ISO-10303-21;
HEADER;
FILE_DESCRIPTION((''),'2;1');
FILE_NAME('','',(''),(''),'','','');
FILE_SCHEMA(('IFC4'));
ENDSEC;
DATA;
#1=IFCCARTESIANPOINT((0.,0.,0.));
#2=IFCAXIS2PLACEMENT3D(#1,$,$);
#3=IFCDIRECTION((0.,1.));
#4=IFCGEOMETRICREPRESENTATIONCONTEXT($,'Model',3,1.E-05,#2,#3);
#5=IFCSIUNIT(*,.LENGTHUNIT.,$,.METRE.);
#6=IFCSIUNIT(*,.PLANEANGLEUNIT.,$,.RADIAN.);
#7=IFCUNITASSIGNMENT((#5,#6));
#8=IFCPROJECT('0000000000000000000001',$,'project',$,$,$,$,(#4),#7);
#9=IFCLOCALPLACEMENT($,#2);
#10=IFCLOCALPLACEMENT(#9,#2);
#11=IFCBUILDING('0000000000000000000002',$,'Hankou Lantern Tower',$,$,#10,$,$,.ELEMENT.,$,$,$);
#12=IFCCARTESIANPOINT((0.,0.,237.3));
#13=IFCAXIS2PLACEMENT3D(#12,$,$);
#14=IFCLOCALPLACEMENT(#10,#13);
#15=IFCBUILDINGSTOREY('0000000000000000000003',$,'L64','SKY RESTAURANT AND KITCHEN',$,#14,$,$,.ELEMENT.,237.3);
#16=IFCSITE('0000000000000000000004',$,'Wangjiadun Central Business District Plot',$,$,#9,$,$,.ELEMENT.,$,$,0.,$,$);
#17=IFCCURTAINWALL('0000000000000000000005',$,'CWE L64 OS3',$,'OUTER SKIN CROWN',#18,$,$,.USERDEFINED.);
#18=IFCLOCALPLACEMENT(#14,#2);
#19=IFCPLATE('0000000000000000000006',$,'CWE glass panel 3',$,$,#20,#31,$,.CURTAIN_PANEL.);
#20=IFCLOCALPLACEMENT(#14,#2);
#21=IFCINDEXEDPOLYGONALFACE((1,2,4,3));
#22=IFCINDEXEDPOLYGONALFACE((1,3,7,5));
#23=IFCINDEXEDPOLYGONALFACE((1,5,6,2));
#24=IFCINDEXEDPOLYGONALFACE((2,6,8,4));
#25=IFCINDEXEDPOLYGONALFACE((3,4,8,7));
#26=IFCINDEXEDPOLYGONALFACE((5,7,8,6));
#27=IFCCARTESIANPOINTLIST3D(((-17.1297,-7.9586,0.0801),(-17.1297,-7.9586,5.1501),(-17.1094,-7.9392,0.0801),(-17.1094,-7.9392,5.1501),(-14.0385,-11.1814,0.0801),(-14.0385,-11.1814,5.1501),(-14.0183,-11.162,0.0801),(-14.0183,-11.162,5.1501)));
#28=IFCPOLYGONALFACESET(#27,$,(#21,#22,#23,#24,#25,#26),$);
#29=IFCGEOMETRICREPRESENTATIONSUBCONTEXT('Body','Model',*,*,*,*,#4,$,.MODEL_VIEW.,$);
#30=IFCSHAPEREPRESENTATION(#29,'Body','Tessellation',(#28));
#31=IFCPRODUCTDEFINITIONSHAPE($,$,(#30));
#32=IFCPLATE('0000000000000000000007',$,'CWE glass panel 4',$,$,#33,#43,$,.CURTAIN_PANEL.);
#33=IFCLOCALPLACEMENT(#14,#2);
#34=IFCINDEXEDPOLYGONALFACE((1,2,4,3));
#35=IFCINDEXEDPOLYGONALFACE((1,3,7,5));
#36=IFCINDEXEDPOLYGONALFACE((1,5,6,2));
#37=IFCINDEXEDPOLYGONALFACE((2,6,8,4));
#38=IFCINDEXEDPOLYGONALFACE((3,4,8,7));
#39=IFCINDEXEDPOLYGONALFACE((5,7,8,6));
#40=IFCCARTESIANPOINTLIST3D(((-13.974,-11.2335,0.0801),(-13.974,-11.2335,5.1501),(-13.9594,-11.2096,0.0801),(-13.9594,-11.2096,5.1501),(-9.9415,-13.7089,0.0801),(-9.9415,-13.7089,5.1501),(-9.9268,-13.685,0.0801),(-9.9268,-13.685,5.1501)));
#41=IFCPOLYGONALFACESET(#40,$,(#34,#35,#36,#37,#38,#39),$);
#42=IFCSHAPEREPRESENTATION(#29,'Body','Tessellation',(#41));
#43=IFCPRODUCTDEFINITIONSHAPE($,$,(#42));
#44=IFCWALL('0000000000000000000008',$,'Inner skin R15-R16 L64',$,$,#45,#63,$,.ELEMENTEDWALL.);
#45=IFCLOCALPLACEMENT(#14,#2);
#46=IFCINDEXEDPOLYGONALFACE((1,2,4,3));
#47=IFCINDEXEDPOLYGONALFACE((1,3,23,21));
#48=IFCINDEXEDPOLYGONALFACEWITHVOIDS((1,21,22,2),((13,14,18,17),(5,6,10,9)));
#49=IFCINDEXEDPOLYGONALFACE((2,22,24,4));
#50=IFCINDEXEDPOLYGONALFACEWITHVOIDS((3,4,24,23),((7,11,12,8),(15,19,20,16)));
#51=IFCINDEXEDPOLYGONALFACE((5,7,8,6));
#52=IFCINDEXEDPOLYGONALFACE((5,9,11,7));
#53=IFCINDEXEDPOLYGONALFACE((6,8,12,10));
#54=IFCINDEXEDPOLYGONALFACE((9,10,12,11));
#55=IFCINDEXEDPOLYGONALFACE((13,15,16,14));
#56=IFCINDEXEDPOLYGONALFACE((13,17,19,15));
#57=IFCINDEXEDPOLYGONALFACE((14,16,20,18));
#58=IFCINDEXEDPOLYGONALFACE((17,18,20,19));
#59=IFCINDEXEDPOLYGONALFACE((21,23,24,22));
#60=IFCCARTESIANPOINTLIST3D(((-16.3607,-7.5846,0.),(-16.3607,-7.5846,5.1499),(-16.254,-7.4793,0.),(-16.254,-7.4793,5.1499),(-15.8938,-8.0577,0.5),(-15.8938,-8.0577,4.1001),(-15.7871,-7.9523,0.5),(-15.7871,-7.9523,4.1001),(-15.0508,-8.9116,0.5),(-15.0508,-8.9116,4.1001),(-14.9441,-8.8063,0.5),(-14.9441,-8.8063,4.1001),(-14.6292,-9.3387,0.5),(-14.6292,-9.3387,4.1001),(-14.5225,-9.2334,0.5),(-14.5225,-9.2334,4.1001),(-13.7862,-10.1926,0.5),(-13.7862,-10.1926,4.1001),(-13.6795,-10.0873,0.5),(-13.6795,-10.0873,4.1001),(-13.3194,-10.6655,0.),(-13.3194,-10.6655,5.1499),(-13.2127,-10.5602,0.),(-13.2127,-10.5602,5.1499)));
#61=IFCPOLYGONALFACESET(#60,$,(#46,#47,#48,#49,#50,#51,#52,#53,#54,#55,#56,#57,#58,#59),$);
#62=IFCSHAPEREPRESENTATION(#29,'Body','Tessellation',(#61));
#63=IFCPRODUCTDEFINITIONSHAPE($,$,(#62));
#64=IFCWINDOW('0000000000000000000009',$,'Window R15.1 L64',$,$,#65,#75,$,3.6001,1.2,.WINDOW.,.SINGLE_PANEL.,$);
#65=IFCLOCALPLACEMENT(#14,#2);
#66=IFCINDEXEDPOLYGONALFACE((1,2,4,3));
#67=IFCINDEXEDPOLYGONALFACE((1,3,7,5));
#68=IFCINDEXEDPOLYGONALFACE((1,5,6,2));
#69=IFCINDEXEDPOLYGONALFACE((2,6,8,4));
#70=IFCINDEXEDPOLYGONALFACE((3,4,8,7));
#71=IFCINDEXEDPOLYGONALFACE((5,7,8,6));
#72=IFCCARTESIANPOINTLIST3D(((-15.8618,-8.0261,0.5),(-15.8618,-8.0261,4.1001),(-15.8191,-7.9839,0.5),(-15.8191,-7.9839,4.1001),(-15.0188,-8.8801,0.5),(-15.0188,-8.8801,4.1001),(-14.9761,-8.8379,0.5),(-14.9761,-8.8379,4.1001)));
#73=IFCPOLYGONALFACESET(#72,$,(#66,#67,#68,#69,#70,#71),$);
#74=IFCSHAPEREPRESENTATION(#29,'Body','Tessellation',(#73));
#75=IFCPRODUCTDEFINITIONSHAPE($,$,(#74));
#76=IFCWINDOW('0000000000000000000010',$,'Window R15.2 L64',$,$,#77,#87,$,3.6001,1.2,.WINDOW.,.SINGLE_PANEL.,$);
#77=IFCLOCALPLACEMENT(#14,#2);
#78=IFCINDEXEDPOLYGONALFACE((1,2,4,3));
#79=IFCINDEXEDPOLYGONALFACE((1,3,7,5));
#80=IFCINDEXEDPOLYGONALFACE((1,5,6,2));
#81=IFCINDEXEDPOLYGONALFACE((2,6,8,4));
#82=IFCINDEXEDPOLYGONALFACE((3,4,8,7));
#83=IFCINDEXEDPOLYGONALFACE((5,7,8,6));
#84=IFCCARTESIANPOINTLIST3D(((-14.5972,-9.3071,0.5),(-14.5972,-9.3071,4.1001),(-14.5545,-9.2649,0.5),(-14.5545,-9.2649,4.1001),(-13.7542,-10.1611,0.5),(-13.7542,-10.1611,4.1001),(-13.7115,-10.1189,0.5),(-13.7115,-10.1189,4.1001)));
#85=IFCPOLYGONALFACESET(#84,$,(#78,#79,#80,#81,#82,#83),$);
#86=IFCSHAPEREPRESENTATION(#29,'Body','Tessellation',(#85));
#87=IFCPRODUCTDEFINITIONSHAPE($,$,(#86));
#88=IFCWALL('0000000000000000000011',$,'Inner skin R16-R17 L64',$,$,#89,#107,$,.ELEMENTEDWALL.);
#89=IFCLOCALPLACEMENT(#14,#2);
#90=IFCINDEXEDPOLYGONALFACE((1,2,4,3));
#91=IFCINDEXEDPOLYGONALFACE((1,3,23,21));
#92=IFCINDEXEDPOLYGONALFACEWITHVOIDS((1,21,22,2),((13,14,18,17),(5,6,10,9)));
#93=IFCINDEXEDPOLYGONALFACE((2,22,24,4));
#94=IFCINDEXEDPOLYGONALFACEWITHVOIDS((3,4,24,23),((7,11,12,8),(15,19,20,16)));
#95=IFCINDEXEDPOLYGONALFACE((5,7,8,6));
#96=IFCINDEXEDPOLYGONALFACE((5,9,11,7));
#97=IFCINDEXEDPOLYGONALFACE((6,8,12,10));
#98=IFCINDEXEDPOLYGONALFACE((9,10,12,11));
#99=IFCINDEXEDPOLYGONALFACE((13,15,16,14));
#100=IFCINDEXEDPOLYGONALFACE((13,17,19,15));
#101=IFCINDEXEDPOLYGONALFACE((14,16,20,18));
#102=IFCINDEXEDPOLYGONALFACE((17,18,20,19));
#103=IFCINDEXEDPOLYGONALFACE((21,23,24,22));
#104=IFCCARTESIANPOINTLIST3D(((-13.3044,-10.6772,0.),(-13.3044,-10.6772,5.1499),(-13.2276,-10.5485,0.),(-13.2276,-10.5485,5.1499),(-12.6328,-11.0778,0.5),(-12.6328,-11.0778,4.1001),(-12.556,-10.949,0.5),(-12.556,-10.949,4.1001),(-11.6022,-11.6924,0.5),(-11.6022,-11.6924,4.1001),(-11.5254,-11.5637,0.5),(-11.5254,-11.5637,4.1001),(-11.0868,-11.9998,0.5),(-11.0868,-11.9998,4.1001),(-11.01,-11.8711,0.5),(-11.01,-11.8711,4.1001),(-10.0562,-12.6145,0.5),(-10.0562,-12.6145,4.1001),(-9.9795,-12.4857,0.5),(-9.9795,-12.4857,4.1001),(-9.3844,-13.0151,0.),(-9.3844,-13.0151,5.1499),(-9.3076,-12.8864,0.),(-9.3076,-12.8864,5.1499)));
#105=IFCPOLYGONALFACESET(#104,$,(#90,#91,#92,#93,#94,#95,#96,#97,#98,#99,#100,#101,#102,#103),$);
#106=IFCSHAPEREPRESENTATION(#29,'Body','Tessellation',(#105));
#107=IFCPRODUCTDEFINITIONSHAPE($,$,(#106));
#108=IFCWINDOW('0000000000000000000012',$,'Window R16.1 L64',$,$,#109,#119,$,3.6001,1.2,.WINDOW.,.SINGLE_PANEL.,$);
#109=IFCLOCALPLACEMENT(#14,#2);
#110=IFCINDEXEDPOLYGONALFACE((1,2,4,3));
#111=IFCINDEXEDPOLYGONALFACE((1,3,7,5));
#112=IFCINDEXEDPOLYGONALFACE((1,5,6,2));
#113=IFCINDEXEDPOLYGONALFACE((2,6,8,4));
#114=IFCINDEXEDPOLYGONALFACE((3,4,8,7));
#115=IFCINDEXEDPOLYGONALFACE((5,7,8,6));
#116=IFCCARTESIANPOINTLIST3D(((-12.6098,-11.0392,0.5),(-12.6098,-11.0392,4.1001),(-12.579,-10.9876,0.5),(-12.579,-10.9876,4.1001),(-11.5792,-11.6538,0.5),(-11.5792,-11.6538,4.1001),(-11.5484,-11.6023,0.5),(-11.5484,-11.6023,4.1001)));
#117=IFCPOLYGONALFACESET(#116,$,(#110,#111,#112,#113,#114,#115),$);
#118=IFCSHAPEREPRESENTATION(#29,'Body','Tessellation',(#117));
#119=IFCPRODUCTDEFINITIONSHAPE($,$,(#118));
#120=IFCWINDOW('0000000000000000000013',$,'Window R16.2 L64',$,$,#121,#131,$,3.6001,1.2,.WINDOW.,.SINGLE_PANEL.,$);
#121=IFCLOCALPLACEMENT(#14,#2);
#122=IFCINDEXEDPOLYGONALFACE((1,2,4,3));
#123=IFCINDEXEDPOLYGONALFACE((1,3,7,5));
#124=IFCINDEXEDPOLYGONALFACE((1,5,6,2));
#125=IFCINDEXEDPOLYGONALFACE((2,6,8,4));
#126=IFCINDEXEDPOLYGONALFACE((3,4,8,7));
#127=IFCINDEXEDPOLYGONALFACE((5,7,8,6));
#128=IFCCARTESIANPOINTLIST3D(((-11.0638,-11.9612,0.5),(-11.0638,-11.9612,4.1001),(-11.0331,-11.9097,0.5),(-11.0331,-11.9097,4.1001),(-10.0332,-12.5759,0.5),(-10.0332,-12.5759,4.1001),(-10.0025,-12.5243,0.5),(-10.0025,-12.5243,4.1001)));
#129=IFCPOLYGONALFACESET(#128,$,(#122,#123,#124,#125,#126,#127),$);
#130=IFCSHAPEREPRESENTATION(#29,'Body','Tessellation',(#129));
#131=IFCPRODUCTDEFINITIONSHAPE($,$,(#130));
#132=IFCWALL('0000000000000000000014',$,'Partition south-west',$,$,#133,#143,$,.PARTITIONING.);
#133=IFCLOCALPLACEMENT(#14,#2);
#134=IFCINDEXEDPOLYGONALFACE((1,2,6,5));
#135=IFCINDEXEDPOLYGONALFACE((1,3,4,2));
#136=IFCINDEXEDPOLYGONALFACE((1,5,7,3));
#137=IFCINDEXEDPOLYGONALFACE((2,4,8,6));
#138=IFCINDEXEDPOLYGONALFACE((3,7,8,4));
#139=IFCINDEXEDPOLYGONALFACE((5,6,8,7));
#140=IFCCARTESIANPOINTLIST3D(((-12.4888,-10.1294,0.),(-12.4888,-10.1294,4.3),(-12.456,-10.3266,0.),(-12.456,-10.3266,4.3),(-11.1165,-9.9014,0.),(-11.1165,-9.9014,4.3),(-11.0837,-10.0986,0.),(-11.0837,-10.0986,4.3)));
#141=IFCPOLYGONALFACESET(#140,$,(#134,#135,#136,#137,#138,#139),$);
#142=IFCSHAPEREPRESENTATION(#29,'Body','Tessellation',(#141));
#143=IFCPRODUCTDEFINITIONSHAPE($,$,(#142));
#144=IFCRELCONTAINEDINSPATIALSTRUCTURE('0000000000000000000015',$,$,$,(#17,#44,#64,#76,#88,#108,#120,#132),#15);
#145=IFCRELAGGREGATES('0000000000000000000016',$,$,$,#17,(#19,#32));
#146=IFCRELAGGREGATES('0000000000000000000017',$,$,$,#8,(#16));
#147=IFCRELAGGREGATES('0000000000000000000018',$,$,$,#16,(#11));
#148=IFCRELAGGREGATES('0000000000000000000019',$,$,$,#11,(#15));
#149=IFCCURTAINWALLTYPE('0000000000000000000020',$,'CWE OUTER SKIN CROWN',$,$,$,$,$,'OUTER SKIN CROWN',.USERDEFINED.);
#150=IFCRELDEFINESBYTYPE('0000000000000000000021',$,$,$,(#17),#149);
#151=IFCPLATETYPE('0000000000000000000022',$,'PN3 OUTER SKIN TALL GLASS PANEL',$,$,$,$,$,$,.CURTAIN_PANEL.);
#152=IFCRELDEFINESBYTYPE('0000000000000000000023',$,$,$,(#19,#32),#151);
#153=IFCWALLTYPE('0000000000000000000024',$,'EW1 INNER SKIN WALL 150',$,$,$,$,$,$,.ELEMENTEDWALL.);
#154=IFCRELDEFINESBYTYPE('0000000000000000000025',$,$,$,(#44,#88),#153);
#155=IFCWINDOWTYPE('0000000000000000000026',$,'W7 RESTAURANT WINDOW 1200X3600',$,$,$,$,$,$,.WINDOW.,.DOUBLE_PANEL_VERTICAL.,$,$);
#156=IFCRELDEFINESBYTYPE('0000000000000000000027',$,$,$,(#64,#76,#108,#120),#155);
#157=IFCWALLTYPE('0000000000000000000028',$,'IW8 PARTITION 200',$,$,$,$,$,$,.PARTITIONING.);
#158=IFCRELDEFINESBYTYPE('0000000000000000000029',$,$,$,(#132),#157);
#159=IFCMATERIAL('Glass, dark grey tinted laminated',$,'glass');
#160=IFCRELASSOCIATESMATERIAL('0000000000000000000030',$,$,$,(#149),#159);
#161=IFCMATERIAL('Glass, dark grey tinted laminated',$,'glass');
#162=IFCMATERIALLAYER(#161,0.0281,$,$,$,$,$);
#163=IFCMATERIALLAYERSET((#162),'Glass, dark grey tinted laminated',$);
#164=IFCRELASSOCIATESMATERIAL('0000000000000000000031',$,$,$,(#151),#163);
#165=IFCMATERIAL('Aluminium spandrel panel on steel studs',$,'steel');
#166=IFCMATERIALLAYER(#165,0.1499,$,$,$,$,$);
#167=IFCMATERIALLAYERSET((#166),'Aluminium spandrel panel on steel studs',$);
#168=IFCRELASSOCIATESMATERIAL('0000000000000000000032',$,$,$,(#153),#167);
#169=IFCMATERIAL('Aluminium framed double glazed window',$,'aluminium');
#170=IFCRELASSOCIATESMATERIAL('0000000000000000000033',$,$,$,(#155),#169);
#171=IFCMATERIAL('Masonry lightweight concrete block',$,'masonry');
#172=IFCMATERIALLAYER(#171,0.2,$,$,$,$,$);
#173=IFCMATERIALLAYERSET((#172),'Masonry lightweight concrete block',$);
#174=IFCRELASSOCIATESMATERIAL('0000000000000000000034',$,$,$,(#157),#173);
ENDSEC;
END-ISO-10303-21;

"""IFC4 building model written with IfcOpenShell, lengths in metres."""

from ifc_helpers import new_model, si_unit, direction, frame, frame_2d, origin, origin_2d, place, context, subcontext, project, spatial, rectangle, extrude, material, layer, layer_set, type_object, element, fill, aggregate, save


model = new_model("IFC4")

# Units and contexts
model_context = context("Model", 3, precision=1e-05, world=origin(), true_north=direction((0.0, 1.0)))
body_context = subcontext(model_context, "Body", "Model", "MODEL_VIEW")
ifc_project = project(units=[si_unit("LENGTHUNIT", "METRE"), si_unit("PLANEANGLEUNIT", "RADIAN")], contexts=[model_context])

# Site, building, storey
site_placement = place(None, origin())
site = spatial("IfcSite", under=ifc_project, at=site_placement, Name="Wangjiadun Central Business District Plot", CompositionType="ELEMENT", RefElevation=0.0)
building_placement = place(site_placement, origin())
building = spatial("IfcBuilding", under=site, at=building_placement, Name="Hankou Lantern Tower", CompositionType="ELEMENT")
storey_placement = place(building_placement, frame((0.0, 0.0, 237.3)))
storey = spatial("IfcBuildingStorey", under=building, at=storey_placement, Name="L64", Description="SKY RESTAURANT AND KITCHEN", CompositionType="ELEMENT", Elevation=237.3)

# Curtain wall
ifc_material_1 = material(Name="Glass, dark grey tinted laminated", Category="glass")
curtain_wall_type = type_object("IfcCurtainWallType", Name="CWE OUTER SKIN CROWN", ElementType="OUTER SKIN CROWN", PredefinedType="USERDEFINED", material=ifc_material_1)
curtain_wall_placement = place(storey_placement, origin())
curtain_wall = element("IfcCurtainWall", 1, at=curtain_wall_placement, inside=storey, type_object=curtain_wall_type, Name="CWE L64 OS3", ObjectType="OUTER SKIN CROWN", PredefinedType="USERDEFINED")

# Plates
ifc_material_2 = material(Name="Glass, dark grey tinted laminated", Category="glass")
ifc_layer_1 = layer(ifc_material_2, 0.0281)
ifc_layer_set_1 = layer_set([ifc_layer_1], Name="Glass, dark grey tinted laminated")
plate_type = type_object("IfcPlateType", Name="PN3 OUTER SKIN TALL GLASS PANEL", PredefinedType="CURTAIN_PANEL", material=ifc_layer_set_1)
plate_1_placement = place(storey_placement, frame((-15.574, -9.5603, 0.0801), z_axis=(0.0, 0.0, 1.0), x_axis=(0.692216, -0.721691, 0.0)))
plate_1 = element("IfcPlate", 2, at=plate_1_placement, type_object=plate_type, Name="CWE glass panel 3", PredefinedType="CURTAIN_PANEL", context=body_context, shape_type="SweptSolid", body=[
    extrude(rectangle(XDim=4.4656, YDim=0.0281, at=origin_2d()), origin(), (0.0, 0.0, 1.0), 5.0701),
])
plate_2_placement = place(storey_placement, frame((-11.9504, -12.4592, 0.0801), z_axis=(0.0, 0.0, 1.0), x_axis=(0.852237, -0.523156, 0.0)))
plate_2 = element("IfcPlate", 3, at=plate_2_placement, type_object=plate_type, Name="CWE glass panel 4", PredefinedType="CURTAIN_PANEL", context=body_context, shape_type="SweptSolid", body=[
    extrude(rectangle(XDim=4.7317, YDim=0.0281, at=origin_2d()), origin(), (0.0, 0.0, 1.0), 5.0701),
])
aggregate(curtain_wall, [plate_1, plate_2])

# Walls, openings, windows
ifc_material_3 = material(Name="Aluminium spandrel panel on steel studs", Category="steel")
ifc_layer_2 = layer(ifc_material_3, 0.1499)
ifc_layer_set_2 = layer_set([ifc_layer_2], Name="Aluminium spandrel panel on steel studs")
wall_type_1 = type_object("IfcWallType", Name="EW1 INNER SKIN WALL 150", PredefinedType="ELEMENTEDWALL", material=ifc_layer_set_2)
wall_1_placement = place(storey_placement, frame((-16.3074, -7.532, 0.0), z_axis=(0.0, 0.0, 1.0), x_axis=(0.702524, -0.71166, 0.0)))
wall_1 = element("IfcWall", 4, at=wall_1_placement, inside=storey, type_object=wall_type_1, Name="Inner skin R15-R16 L64", PredefinedType="ELEMENTEDWALL", context=body_context, shape_type="SweptSolid", body=[
    extrude(rectangle(XDim=4.3291, YDim=0.1499, at=frame_2d((2.1646, 0.0))), origin(), (0.0, 0.0, 1.0), 5.1499),
])
opening_1_placement = place(wall_1_placement, frame((0.6646, 0.0, 0.5)))
opening_1 = element("IfcOpeningElement", 5, at=opening_1_placement, cuts=wall_1, PredefinedType="OPENING", context=body_context, shape_type="SweptSolid", body=[
    extrude(rectangle(XDim=1.2, YDim=3.6001, at=frame_2d((0.6001, 1.8))), frame((0.0, 0.085, 0.0), z_axis=(0.0, -1.0, 0.0), x_axis=(1.0, 0.0, 0.0)), (0.0, 0.0, 1.0), 0.1699),
])
opening_2_placement = place(wall_1_placement, frame((2.4646, 0.0, 0.5)))
opening_2 = element("IfcOpeningElement", 6, at=opening_2_placement, cuts=wall_1, PredefinedType="OPENING", context=body_context, shape_type="SweptSolid", body=[
    extrude(rectangle(XDim=1.2, YDim=3.6001, at=frame_2d((0.6001, 1.8))), frame((0.0, 0.085, 0.0), z_axis=(0.0, -1.0, 0.0), x_axis=(1.0, 0.0, 0.0)), (0.0, 0.0, 1.0), 0.1699),
])
ifc_material_4 = material(Name="Aluminium framed double glazed window", Category="aluminium")
window_type = type_object("IfcWindowType", Name="W7 RESTAURANT WINDOW 1200X3600", PartitioningType="DOUBLE_PANEL_VERTICAL", PredefinedType="WINDOW", material=ifc_material_4)
window_1_placement = place(opening_1_placement, origin())
window_1 = element("IfcWindow", 7, at=window_1_placement, inside=storey, type_object=window_type, Name="Window R15.1 L64", OverallHeight=3.6001, OverallWidth=1.2, PartitioningType="SINGLE_PANEL", PredefinedType="WINDOW", context=body_context, shape_type="SweptSolid", body=[
    extrude(rectangle(XDim=1.2, YDim=3.6001, at=frame_2d((0.6001, 1.8))), frame((0.0, 0.03, 0.0), z_axis=(0.0, -1.0, 0.0), x_axis=(1.0, 0.0, 0.0)), (0.0, 0.0, 1.0), 0.0601),
])
fill(opening_1, window_1)
window_2_placement = place(opening_2_placement, origin())
window_2 = element("IfcWindow", 8, at=window_2_placement, inside=storey, type_object=window_type, Name="Window R15.2 L64", OverallHeight=3.6001, OverallWidth=1.2, PartitioningType="SINGLE_PANEL", PredefinedType="WINDOW", context=body_context, shape_type="SweptSolid", body=[
    extrude(rectangle(XDim=1.2, YDim=3.6001, at=frame_2d((0.6001, 1.8))), frame((0.0, 0.03, 0.0), z_axis=(0.0, -1.0, 0.0), x_axis=(1.0, 0.0, 0.0)), (0.0, 0.0, 1.0), 0.0601),
])
fill(opening_2, window_2)
wall_2_placement = place(storey_placement, frame((-13.2661, -10.6128, 0.0), z_axis=(0.0, 0.0, 1.0), x_axis=(0.858849, -0.512228, 0.0)))
wall_2 = element("IfcWall", 9, at=wall_2_placement, inside=storey, type_object=wall_type_1, Name="Inner skin R16-R17 L64", PredefinedType="ELEMENTEDWALL", context=body_context, shape_type="SweptSolid", body=[
    extrude(rectangle(XDim=4.5642, YDim=0.1499, at=frame_2d((2.2822, 0.0))), origin(), (0.0, 0.0, 1.0), 5.1499),
])
opening_3_placement = place(wall_2_placement, frame((0.782, 0.0, 0.5)))
opening_3 = element("IfcOpeningElement", 10, at=opening_3_placement, cuts=wall_2, PredefinedType="OPENING", context=body_context, shape_type="SweptSolid", body=[
    extrude(rectangle(XDim=1.2, YDim=3.6001, at=frame_2d((0.6001, 1.8))), frame((0.0, 0.085, 0.0), z_axis=(0.0, -1.0, 0.0), x_axis=(1.0, 0.0, 0.0)), (0.0, 0.0, 1.0), 0.1699),
])
opening_4_placement = place(wall_2_placement, frame((2.582, 0.0, 0.5)))
opening_4 = element("IfcOpeningElement", 11, at=opening_4_placement, cuts=wall_2, PredefinedType="OPENING", context=body_context, shape_type="SweptSolid", body=[
    extrude(rectangle(XDim=1.2, YDim=3.6001, at=frame_2d((0.6001, 1.8))), frame((0.0, 0.085, 0.0), z_axis=(0.0, -1.0, 0.0), x_axis=(1.0, 0.0, 0.0)), (0.0, 0.0, 1.0), 0.1699),
])
window_3_placement = place(opening_3_placement, origin())
window_3 = element("IfcWindow", 12, at=window_3_placement, inside=storey, type_object=window_type, Name="Window R16.1 L64", OverallHeight=3.6001, OverallWidth=1.2, PartitioningType="SINGLE_PANEL", PredefinedType="WINDOW", context=body_context, shape_type="SweptSolid", body=[
    extrude(rectangle(XDim=1.2, YDim=3.6001, at=frame_2d((0.6001, 1.8))), frame((0.0, 0.03, 0.0), z_axis=(0.0, -1.0, 0.0), x_axis=(1.0, 0.0, 0.0)), (0.0, 0.0, 1.0), 0.0601),
])
fill(opening_3, window_3)
window_4_placement = place(opening_4_placement, origin())
window_4 = element("IfcWindow", 13, at=window_4_placement, inside=storey, type_object=window_type, Name="Window R16.2 L64", OverallHeight=3.6001, OverallWidth=1.2, PartitioningType="SINGLE_PANEL", PredefinedType="WINDOW", context=body_context, shape_type="SweptSolid", body=[
    extrude(rectangle(XDim=1.2, YDim=3.6001, at=frame_2d((0.6001, 1.8))), frame((0.0, 0.03, 0.0), z_axis=(0.0, -1.0, 0.0), x_axis=(1.0, 0.0, 0.0)), (0.0, 0.0, 1.0), 0.0601),
])
fill(opening_4, window_4)

# Wall
ifc_material_5 = material(Name="Masonry lightweight concrete block", Category="masonry")
ifc_layer_3 = layer(ifc_material_5, 0.2)
ifc_layer_set_3 = layer_set([ifc_layer_3], Name="Masonry lightweight concrete block")
wall_type_2 = type_object("IfcWallType", Name="IW8 PARTITION 200", PredefinedType="PARTITIONING", material=ifc_layer_set_3)
wall_3_placement = place(storey_placement, frame((-11.1001, -10.0, 0.0), z_axis=(0.0, 0.0, 1.0), x_axis=(-0.986474, -0.163915, 0.0)))
element("IfcWall", 14, at=wall_3_placement, inside=storey, type_object=wall_type_2, Name="Partition south-west", PredefinedType="PARTITIONING", context=body_context, shape_type="SweptSolid", body=[
    extrude(rectangle(XDim=1.3911, YDim=0.2, at=frame_2d((0.6956, 0.0))), origin(), (0.0, 0.0, 1.0), 4.3),
])

save(model, "model.ifc")
